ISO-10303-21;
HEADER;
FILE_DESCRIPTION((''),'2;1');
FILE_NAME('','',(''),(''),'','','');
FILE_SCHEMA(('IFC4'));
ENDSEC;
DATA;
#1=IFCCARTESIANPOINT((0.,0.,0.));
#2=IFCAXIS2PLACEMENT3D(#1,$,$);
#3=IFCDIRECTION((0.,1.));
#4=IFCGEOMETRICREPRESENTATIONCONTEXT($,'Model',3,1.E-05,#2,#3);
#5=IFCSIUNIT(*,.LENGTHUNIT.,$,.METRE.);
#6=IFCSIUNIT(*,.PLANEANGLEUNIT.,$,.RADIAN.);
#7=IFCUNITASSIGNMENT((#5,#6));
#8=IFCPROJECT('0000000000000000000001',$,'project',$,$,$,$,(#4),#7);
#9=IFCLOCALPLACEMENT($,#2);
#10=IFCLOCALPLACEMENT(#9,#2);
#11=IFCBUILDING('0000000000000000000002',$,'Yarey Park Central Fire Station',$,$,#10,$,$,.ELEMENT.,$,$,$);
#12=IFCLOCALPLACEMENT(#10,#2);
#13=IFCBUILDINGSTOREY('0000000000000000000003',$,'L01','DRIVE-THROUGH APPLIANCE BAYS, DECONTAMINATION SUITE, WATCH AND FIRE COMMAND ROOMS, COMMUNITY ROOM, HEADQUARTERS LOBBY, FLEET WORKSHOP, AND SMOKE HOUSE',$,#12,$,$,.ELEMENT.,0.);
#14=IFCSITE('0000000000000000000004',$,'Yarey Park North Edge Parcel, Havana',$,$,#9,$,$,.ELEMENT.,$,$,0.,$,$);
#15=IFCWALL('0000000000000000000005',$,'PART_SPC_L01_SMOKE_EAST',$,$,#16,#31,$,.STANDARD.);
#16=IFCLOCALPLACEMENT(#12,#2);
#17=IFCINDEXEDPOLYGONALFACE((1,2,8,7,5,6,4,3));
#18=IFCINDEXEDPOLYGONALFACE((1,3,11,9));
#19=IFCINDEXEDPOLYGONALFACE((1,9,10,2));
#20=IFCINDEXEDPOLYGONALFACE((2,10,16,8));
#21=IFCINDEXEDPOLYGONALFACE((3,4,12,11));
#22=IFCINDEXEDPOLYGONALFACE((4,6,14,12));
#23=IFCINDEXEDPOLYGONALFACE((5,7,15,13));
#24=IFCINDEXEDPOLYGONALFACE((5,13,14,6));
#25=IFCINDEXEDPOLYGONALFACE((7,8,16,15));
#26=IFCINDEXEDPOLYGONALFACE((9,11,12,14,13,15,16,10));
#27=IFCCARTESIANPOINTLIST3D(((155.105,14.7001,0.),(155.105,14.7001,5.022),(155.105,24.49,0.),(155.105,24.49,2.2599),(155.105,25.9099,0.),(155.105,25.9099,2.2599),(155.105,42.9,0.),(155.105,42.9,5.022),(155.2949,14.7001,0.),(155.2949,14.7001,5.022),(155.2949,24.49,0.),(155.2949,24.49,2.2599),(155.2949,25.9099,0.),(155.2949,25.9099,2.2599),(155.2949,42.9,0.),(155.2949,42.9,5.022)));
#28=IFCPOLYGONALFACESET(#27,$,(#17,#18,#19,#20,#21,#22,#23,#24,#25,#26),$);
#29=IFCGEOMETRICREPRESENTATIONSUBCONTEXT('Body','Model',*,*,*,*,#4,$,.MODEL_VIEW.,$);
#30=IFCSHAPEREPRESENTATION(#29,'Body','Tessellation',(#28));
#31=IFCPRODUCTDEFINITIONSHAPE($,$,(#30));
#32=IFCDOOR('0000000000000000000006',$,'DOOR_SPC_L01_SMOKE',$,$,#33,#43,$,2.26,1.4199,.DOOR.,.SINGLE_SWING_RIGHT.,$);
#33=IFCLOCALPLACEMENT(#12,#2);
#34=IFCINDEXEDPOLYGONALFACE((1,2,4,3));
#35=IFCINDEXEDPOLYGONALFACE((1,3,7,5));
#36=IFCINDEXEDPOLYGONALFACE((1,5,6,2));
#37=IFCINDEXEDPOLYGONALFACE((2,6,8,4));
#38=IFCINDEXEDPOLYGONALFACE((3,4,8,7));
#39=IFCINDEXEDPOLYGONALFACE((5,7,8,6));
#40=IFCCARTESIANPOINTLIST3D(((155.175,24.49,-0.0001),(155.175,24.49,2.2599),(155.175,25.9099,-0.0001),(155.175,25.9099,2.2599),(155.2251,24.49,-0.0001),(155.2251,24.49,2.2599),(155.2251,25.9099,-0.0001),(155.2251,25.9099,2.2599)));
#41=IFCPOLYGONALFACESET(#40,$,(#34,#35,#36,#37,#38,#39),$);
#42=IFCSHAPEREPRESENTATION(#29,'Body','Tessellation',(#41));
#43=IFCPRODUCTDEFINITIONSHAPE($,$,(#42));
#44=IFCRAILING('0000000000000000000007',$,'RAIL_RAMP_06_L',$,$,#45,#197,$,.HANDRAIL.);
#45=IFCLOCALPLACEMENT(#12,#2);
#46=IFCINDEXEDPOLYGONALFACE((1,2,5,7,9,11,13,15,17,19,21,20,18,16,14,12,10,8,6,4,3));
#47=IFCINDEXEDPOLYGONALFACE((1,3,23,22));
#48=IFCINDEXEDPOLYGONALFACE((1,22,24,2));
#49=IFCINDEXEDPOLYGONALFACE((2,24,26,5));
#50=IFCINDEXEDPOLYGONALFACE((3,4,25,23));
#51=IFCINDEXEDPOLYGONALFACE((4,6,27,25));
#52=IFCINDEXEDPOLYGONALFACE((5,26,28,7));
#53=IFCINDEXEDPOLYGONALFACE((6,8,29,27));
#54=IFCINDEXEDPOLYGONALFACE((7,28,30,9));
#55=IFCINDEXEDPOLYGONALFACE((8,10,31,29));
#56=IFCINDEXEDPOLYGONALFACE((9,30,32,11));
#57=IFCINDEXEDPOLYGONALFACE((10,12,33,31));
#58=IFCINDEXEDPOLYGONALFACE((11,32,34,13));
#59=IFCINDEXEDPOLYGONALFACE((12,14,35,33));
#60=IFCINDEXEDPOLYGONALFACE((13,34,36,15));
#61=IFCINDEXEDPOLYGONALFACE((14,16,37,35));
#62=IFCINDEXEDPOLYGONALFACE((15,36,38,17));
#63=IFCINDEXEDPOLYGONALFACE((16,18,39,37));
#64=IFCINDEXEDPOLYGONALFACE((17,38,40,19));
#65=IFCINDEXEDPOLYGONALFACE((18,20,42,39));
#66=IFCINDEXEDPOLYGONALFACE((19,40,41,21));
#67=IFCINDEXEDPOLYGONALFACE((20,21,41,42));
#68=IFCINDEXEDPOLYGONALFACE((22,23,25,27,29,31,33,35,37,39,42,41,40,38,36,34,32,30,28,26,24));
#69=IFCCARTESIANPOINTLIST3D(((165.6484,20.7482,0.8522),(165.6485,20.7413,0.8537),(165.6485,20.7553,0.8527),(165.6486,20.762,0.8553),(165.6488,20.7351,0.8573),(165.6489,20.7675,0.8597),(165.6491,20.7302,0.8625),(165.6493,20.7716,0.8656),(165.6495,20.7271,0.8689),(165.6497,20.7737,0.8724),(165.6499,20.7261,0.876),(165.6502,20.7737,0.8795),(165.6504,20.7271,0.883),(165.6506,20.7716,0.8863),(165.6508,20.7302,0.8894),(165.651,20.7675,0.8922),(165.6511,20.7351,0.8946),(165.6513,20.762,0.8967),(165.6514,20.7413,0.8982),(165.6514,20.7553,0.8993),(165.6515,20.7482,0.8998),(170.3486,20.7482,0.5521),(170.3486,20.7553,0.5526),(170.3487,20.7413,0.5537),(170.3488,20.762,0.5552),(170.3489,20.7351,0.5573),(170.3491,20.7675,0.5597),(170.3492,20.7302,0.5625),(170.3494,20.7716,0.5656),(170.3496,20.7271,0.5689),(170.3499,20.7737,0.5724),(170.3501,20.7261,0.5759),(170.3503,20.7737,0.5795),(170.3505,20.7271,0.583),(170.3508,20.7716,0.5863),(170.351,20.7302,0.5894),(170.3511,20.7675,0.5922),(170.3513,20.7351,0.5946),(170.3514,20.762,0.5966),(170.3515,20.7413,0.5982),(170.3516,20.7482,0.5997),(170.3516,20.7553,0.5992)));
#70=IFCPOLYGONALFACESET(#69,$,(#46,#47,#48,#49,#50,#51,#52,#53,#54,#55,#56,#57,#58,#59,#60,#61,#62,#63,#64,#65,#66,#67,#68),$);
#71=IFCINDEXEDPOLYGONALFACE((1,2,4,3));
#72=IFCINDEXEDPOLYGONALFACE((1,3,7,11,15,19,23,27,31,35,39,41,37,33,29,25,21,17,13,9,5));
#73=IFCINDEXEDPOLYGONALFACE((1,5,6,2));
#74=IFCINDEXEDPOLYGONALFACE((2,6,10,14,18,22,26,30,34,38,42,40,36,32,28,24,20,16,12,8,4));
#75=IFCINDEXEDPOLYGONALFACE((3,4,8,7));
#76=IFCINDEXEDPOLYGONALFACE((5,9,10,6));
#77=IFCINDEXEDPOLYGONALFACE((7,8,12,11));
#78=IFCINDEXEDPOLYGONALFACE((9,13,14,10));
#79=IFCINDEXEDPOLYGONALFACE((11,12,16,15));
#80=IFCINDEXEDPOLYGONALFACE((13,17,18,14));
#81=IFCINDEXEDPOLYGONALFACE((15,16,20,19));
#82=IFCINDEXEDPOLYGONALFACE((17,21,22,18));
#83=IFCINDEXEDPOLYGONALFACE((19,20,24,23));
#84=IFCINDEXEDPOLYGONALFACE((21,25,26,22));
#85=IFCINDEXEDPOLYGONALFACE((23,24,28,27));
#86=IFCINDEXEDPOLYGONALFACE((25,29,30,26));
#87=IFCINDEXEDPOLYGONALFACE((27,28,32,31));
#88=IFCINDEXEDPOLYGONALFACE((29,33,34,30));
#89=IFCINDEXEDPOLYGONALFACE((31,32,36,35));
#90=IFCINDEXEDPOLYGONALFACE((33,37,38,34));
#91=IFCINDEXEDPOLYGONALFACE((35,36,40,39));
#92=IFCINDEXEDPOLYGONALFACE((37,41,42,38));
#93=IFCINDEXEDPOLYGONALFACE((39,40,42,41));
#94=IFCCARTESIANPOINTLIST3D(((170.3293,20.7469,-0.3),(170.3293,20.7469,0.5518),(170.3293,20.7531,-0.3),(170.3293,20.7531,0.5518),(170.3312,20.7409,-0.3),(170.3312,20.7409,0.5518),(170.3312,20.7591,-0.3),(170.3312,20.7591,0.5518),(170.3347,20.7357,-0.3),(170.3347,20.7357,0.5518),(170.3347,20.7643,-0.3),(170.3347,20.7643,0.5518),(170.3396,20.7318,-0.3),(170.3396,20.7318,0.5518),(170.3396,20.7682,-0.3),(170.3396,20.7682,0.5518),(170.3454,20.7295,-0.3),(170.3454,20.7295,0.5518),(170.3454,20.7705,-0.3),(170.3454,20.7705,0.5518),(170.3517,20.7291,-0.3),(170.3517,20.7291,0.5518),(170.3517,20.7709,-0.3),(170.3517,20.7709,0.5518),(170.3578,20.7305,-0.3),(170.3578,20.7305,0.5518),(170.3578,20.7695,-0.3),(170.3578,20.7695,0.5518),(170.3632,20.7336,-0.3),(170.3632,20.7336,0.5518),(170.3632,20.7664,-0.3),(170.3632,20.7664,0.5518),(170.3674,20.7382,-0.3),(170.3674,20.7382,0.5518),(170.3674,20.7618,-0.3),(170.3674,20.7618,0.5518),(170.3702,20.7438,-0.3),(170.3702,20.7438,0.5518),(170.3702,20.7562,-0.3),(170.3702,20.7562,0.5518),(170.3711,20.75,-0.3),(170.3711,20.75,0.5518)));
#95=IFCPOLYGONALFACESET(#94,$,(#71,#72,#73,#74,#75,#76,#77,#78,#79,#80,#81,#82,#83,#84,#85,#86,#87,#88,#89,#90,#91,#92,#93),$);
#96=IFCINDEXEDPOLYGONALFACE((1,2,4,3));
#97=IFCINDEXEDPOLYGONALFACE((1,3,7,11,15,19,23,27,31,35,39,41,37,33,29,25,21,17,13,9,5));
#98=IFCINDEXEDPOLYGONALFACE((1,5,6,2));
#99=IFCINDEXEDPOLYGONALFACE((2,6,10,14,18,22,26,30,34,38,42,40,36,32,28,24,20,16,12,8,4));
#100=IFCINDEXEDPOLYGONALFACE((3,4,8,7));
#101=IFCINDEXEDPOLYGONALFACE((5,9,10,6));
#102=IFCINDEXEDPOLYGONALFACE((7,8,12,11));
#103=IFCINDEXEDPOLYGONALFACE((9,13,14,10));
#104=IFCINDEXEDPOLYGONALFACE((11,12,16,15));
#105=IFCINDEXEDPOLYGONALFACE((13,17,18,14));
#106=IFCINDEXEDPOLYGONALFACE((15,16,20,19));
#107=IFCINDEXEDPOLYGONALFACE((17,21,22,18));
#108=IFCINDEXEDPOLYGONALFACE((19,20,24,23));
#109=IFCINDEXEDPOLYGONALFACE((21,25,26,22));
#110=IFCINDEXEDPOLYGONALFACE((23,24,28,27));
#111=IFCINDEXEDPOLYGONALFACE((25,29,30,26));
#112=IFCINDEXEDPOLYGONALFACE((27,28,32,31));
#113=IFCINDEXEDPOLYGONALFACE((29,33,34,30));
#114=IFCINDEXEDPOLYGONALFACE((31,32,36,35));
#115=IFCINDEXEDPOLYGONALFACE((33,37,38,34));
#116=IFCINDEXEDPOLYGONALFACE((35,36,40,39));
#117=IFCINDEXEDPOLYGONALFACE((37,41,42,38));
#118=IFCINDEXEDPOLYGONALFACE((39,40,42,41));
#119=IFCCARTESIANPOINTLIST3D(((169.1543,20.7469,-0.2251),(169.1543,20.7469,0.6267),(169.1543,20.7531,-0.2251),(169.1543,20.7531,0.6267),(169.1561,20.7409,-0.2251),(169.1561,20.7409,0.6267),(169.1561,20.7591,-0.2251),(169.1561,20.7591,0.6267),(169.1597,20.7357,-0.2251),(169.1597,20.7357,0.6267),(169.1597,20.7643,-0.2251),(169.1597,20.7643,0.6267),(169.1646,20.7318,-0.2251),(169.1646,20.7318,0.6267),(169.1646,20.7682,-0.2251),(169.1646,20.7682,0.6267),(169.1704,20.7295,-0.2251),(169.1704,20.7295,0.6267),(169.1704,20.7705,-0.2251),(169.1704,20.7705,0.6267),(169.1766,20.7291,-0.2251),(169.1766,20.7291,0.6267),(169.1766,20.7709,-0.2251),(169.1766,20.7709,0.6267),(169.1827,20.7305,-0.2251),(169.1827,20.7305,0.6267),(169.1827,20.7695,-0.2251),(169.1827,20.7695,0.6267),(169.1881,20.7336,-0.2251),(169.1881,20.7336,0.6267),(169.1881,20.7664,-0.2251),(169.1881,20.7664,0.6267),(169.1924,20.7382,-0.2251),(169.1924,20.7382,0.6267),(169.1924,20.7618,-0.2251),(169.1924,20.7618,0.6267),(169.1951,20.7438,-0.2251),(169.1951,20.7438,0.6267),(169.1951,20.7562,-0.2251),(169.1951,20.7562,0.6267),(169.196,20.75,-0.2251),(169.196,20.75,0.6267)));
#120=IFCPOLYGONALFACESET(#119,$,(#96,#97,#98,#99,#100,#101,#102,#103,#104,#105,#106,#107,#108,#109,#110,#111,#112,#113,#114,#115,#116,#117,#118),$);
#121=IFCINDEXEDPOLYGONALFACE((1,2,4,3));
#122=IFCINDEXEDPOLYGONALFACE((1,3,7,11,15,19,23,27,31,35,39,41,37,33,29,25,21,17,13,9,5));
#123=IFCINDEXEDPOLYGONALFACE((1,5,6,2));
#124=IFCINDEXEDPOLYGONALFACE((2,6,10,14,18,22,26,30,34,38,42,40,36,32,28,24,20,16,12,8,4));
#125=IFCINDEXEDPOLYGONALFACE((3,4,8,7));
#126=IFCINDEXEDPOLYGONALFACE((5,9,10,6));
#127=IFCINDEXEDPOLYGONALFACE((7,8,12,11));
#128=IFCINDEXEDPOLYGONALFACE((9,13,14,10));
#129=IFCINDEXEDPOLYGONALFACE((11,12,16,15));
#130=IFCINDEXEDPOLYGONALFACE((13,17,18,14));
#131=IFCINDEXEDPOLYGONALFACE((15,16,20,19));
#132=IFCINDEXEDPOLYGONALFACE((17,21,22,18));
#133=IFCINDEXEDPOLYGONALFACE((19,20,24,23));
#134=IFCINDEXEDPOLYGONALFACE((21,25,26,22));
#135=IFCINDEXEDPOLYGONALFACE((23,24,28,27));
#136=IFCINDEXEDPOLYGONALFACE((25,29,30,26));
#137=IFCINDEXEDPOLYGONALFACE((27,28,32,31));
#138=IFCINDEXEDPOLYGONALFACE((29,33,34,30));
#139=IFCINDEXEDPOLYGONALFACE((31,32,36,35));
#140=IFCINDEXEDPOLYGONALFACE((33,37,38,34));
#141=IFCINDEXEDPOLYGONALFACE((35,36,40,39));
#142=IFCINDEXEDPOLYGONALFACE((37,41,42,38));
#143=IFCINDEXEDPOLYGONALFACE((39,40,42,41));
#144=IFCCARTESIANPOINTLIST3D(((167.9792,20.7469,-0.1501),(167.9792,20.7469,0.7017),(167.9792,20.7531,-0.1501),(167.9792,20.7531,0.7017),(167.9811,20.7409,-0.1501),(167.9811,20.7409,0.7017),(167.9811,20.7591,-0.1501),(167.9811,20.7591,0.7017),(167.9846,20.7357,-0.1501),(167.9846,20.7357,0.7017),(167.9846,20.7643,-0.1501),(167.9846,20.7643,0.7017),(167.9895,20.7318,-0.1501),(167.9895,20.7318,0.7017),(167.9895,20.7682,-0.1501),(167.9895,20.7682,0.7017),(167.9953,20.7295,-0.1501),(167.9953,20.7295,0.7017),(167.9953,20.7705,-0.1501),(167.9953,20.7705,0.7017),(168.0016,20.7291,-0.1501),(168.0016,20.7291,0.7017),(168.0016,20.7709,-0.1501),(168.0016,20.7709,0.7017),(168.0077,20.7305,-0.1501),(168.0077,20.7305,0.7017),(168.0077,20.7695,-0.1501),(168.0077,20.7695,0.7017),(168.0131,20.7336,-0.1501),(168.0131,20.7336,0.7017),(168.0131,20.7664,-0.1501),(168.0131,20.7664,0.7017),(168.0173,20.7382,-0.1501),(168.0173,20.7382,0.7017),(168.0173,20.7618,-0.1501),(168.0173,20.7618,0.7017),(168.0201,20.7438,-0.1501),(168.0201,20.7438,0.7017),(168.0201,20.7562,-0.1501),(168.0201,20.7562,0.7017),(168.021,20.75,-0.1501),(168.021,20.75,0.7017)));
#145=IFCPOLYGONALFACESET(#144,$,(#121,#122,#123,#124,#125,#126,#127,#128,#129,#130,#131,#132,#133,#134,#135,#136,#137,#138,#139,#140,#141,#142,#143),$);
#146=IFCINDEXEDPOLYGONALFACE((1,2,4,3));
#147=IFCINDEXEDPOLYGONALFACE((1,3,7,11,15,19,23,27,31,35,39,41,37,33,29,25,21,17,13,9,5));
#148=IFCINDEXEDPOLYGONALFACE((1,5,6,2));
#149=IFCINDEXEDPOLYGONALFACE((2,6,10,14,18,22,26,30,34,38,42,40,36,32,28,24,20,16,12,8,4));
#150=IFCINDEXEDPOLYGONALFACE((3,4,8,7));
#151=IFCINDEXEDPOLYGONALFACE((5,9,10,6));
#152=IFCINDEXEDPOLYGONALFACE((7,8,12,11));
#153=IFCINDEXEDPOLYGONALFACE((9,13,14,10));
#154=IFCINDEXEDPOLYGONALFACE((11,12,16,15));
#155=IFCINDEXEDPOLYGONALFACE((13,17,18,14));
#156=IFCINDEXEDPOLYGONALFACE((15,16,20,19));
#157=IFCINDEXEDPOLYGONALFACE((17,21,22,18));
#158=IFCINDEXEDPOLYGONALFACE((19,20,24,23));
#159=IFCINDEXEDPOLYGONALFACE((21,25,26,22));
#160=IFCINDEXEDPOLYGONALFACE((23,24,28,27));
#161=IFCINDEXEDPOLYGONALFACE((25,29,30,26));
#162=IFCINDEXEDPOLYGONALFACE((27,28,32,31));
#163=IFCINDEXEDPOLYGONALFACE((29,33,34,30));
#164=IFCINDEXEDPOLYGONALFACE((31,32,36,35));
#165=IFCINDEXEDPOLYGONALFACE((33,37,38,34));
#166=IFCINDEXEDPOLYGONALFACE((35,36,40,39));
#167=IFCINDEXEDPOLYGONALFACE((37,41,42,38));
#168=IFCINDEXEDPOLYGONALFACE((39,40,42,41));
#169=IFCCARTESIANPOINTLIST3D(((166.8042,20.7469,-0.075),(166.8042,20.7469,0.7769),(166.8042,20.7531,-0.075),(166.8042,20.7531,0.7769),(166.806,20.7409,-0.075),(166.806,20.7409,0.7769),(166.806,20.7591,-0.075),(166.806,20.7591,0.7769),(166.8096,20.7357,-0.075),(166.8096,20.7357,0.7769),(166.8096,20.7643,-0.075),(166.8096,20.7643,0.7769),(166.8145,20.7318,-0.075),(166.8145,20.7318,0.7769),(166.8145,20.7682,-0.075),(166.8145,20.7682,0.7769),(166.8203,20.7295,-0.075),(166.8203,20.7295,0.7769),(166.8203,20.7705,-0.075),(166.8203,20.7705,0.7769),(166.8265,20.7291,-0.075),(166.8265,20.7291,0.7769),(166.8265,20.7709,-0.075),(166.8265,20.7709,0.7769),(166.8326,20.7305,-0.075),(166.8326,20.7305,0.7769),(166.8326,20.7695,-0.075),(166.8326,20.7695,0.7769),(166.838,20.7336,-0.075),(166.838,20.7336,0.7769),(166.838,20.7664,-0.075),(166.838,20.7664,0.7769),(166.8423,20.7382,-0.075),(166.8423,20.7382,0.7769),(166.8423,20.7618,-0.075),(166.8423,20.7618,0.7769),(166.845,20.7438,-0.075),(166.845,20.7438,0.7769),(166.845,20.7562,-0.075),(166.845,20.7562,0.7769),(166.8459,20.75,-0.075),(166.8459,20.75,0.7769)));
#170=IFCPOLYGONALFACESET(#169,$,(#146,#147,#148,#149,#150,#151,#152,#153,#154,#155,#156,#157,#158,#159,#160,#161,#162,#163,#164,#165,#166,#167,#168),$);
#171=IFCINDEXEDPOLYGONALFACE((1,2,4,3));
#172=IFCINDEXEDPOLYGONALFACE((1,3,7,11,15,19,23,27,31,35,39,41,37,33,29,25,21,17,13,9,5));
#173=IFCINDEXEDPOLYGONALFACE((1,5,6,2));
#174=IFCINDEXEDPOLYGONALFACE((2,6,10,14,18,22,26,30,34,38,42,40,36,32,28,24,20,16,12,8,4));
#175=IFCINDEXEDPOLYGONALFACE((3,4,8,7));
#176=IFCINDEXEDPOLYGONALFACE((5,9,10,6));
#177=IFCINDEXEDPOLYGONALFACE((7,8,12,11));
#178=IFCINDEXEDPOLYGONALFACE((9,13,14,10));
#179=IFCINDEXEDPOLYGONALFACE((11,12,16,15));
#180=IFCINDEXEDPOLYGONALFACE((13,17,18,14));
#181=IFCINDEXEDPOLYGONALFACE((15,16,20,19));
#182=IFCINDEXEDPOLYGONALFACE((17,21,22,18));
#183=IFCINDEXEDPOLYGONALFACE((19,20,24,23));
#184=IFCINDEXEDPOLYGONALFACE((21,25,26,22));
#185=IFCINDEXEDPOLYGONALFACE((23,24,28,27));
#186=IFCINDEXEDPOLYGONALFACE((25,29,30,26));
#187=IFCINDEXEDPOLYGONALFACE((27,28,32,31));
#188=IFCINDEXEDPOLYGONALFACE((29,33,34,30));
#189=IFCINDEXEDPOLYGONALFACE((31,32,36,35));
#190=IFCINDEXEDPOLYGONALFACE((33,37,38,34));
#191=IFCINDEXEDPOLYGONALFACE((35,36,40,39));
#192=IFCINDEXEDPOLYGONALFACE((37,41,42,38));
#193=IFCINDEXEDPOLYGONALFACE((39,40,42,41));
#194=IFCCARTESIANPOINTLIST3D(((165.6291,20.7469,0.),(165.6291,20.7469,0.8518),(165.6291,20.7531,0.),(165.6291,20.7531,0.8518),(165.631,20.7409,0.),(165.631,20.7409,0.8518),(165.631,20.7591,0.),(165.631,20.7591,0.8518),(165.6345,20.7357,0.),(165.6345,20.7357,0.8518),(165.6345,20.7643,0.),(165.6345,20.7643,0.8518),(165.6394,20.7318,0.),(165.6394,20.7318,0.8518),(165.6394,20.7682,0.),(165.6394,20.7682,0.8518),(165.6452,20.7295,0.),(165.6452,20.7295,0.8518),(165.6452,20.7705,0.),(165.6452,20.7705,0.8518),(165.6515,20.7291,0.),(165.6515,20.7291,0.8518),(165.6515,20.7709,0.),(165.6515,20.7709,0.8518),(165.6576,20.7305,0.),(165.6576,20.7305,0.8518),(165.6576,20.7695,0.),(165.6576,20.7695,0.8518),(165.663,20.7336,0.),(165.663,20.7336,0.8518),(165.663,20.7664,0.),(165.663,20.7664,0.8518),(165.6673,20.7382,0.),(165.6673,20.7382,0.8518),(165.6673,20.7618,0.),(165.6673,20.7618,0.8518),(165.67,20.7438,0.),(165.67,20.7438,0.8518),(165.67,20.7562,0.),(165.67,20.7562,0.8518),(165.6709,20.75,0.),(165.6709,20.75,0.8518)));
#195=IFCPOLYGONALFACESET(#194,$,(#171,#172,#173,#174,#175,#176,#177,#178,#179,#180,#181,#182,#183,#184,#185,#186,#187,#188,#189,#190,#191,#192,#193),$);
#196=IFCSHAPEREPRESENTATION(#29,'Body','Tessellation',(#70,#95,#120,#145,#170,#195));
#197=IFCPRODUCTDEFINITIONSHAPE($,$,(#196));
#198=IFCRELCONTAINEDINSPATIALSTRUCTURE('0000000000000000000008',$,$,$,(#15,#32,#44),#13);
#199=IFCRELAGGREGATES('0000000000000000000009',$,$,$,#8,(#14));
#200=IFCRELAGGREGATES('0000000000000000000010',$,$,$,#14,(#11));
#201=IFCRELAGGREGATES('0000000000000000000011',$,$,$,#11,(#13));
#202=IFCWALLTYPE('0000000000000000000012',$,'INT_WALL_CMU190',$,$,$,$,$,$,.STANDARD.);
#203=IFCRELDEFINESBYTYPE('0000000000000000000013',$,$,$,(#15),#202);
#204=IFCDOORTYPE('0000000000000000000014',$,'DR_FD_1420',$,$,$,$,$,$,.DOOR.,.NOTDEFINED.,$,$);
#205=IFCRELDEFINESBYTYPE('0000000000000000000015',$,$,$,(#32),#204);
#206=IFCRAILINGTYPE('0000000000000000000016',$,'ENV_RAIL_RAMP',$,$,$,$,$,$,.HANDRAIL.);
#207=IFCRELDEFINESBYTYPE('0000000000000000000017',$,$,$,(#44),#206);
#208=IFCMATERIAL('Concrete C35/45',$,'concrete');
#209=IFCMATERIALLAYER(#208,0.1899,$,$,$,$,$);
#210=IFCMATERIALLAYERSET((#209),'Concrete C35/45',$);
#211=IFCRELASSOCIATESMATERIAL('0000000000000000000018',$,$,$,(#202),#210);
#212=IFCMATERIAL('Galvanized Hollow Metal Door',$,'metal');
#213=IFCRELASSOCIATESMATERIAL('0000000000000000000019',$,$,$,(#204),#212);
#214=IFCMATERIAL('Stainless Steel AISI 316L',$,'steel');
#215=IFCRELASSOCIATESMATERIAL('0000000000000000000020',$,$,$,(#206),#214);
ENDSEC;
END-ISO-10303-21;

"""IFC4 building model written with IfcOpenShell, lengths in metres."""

from ifc_helpers import new_model, si_unit, direction, frame, frame_2d, origin, origin_2d, place, context, subcontext, project, spatial, rectangle, circle, extrude, material, layer, layer_set, type_object, element, fill, save


model = new_model("IFC4")

# Units and contexts
model_context = context("Model", 3, precision=1e-05, world=origin(), true_north=direction((0.0, 1.0)))
body_context = subcontext(model_context, "Body", "Model", "MODEL_VIEW")
ifc_project = project(units=[si_unit("LENGTHUNIT", "METRE"), si_unit("PLANEANGLEUNIT", "RADIAN")], contexts=[model_context])

# Site, building, storey
site_placement = place(None, origin())
site = spatial("IfcSite", under=ifc_project, at=site_placement, Name="Yarey Park North Edge Parcel, Havana", CompositionType="ELEMENT", RefElevation=0.0)
building_placement = place(site_placement, origin())
building = spatial("IfcBuilding", under=site, at=building_placement, Name="Yarey Park Central Fire Station", CompositionType="ELEMENT")
storey_placement = place(building_placement, origin())
storey = spatial("IfcBuildingStorey", under=building, at=storey_placement, Name="L01", Description="DRIVE-THROUGH APPLIANCE BAYS, DECONTAMINATION SUITE, WATCH AND FIRE COMMAND ROOMS, COMMUNITY ROOM, HEADQUARTERS LOBBY, FLEET WORKSHOP, AND SMOKE HOUSE", CompositionType="ELEMENT", Elevation=0.0)

# Shared definitions
ifc_material_1 = material(Name="Concrete C35/45", Category="concrete")

# Shared definitions
ifc_material_2 = material(Name="Galvanized Hollow Metal Door", Category="metal")

# Wall, opening, door
ifc_layer_1 = layer(ifc_material_1, 0.1899)
ifc_layer_set_1 = layer_set([ifc_layer_1], Name="Concrete C35/45")
wall_type_1 = type_object("IfcWallType", Name="INT_WALL_CMU190", PredefinedType="STANDARD", material=ifc_layer_set_1)
wall_1_placement = place(storey_placement, frame((155.2, 14.7, 0.0), z_axis=(0.0, 0.0, 1.0), x_axis=(0.0, 1.0, 0.0)))
wall_1 = element("IfcWall", 1, at=wall_1_placement, inside=storey, type_object=wall_type_1, Name="PART_SPC_L01_SMOKE_EAST", PredefinedType="STANDARD", context=body_context, shape_type="SweptSolid", body=[
    extrude(rectangle(XDim=28.2, YDim=0.1899, at=frame_2d((14.1001, 0.0))), origin(), (0.0, 0.0, 1.0), 5.022),
])
opening_1_placement = place(wall_1_placement, frame((9.79, 0.0, 0.0)))
opening_1 = element("IfcOpeningElement", 2, at=opening_1_placement, cuts=wall_1, PredefinedType="OPENING", context=body_context, shape_type="SweptSolid", body=[
    extrude(rectangle(XDim=1.4199, YDim=2.26, at=frame_2d((0.71, 1.1299))), frame((0.0, 0.105, 0.0), z_axis=(0.0, -1.0, 0.0), x_axis=(1.0, 0.0, 0.0)), (0.0, 0.0, 1.0), 0.21),
])
door_type_1 = type_object("IfcDoorType", Name="DR_FD_1420", OperationType="NOTDEFINED", PredefinedType="DOOR", material=ifc_material_2)
door_1_placement = place(opening_1_placement, origin())
door_1 = element("IfcDoor", 3, at=door_1_placement, inside=storey, type_object=door_type_1, Name="DOOR_SPC_L01_SMOKE", OperationType="SINGLE_SWING_RIGHT", OverallHeight=2.26, OverallWidth=1.4199, PredefinedType="DOOR", context=body_context, shape_type="SweptSolid", body=[
    extrude(rectangle(XDim=1.4199, YDim=2.26, at=frame_2d((0.71, 1.1299))), frame((0.0, 0.0249, 0.0), z_axis=(0.0, -1.0, 0.0), x_axis=(1.0, 0.0, 0.0)), (0.0, 0.0, 1.0), 0.05),
])
fill(opening_1, door_1)

# Railing
ifc_material_3 = material(Name="Stainless Steel AISI 316L", Category="steel")
railing_type = type_object("IfcRailingType", Name="ENV_RAIL_RAMP", PredefinedType="HANDRAIL", material=ifc_material_3)
railing_placement = place(storey_placement, frame((170.3501, 20.75, -0.3)))
element("IfcRailing", 4, at=railing_placement, inside=storey, type_object=railing_type, Name="RAIL_RAMP_06_L", PredefinedType="HANDRAIL", context=body_context, shape_type="SweptSolid", body=[
    extrude(circle(Radius=0.0239, at=origin_2d()), frame((0.0, 0.0, 0.876), z_axis=(-0.997969, 0.0, 0.063708), x_axis=(0.0, -1.0, 0.0)), (0.0, 0.0, 1.0), 4.7097),
    extrude(circle(Radius=0.021, at=origin_2d()), origin(), (0.0, 0.0, 1.0), 0.8518),
    extrude(circle(Radius=0.021, at=origin_2d()), frame((-1.175, 0.0, 0.075)), (0.0, 0.0, 1.0), 0.8518),
    extrude(circle(Radius=0.021, at=origin_2d()), frame((-2.3501, 0.0, 0.1499)), (0.0, 0.0, 1.0), 0.8518),
    extrude(circle(Radius=0.021, at=origin_2d()), frame((-3.5251, 0.0, 0.2251)), (0.0, 0.0, 1.0), 0.8518),
    extrude(circle(Radius=0.021, at=origin_2d()), frame((-4.7002, 0.0, 0.3)), (0.0, 0.0, 1.0), 0.8518),
])

save(model, "model.ifc")
